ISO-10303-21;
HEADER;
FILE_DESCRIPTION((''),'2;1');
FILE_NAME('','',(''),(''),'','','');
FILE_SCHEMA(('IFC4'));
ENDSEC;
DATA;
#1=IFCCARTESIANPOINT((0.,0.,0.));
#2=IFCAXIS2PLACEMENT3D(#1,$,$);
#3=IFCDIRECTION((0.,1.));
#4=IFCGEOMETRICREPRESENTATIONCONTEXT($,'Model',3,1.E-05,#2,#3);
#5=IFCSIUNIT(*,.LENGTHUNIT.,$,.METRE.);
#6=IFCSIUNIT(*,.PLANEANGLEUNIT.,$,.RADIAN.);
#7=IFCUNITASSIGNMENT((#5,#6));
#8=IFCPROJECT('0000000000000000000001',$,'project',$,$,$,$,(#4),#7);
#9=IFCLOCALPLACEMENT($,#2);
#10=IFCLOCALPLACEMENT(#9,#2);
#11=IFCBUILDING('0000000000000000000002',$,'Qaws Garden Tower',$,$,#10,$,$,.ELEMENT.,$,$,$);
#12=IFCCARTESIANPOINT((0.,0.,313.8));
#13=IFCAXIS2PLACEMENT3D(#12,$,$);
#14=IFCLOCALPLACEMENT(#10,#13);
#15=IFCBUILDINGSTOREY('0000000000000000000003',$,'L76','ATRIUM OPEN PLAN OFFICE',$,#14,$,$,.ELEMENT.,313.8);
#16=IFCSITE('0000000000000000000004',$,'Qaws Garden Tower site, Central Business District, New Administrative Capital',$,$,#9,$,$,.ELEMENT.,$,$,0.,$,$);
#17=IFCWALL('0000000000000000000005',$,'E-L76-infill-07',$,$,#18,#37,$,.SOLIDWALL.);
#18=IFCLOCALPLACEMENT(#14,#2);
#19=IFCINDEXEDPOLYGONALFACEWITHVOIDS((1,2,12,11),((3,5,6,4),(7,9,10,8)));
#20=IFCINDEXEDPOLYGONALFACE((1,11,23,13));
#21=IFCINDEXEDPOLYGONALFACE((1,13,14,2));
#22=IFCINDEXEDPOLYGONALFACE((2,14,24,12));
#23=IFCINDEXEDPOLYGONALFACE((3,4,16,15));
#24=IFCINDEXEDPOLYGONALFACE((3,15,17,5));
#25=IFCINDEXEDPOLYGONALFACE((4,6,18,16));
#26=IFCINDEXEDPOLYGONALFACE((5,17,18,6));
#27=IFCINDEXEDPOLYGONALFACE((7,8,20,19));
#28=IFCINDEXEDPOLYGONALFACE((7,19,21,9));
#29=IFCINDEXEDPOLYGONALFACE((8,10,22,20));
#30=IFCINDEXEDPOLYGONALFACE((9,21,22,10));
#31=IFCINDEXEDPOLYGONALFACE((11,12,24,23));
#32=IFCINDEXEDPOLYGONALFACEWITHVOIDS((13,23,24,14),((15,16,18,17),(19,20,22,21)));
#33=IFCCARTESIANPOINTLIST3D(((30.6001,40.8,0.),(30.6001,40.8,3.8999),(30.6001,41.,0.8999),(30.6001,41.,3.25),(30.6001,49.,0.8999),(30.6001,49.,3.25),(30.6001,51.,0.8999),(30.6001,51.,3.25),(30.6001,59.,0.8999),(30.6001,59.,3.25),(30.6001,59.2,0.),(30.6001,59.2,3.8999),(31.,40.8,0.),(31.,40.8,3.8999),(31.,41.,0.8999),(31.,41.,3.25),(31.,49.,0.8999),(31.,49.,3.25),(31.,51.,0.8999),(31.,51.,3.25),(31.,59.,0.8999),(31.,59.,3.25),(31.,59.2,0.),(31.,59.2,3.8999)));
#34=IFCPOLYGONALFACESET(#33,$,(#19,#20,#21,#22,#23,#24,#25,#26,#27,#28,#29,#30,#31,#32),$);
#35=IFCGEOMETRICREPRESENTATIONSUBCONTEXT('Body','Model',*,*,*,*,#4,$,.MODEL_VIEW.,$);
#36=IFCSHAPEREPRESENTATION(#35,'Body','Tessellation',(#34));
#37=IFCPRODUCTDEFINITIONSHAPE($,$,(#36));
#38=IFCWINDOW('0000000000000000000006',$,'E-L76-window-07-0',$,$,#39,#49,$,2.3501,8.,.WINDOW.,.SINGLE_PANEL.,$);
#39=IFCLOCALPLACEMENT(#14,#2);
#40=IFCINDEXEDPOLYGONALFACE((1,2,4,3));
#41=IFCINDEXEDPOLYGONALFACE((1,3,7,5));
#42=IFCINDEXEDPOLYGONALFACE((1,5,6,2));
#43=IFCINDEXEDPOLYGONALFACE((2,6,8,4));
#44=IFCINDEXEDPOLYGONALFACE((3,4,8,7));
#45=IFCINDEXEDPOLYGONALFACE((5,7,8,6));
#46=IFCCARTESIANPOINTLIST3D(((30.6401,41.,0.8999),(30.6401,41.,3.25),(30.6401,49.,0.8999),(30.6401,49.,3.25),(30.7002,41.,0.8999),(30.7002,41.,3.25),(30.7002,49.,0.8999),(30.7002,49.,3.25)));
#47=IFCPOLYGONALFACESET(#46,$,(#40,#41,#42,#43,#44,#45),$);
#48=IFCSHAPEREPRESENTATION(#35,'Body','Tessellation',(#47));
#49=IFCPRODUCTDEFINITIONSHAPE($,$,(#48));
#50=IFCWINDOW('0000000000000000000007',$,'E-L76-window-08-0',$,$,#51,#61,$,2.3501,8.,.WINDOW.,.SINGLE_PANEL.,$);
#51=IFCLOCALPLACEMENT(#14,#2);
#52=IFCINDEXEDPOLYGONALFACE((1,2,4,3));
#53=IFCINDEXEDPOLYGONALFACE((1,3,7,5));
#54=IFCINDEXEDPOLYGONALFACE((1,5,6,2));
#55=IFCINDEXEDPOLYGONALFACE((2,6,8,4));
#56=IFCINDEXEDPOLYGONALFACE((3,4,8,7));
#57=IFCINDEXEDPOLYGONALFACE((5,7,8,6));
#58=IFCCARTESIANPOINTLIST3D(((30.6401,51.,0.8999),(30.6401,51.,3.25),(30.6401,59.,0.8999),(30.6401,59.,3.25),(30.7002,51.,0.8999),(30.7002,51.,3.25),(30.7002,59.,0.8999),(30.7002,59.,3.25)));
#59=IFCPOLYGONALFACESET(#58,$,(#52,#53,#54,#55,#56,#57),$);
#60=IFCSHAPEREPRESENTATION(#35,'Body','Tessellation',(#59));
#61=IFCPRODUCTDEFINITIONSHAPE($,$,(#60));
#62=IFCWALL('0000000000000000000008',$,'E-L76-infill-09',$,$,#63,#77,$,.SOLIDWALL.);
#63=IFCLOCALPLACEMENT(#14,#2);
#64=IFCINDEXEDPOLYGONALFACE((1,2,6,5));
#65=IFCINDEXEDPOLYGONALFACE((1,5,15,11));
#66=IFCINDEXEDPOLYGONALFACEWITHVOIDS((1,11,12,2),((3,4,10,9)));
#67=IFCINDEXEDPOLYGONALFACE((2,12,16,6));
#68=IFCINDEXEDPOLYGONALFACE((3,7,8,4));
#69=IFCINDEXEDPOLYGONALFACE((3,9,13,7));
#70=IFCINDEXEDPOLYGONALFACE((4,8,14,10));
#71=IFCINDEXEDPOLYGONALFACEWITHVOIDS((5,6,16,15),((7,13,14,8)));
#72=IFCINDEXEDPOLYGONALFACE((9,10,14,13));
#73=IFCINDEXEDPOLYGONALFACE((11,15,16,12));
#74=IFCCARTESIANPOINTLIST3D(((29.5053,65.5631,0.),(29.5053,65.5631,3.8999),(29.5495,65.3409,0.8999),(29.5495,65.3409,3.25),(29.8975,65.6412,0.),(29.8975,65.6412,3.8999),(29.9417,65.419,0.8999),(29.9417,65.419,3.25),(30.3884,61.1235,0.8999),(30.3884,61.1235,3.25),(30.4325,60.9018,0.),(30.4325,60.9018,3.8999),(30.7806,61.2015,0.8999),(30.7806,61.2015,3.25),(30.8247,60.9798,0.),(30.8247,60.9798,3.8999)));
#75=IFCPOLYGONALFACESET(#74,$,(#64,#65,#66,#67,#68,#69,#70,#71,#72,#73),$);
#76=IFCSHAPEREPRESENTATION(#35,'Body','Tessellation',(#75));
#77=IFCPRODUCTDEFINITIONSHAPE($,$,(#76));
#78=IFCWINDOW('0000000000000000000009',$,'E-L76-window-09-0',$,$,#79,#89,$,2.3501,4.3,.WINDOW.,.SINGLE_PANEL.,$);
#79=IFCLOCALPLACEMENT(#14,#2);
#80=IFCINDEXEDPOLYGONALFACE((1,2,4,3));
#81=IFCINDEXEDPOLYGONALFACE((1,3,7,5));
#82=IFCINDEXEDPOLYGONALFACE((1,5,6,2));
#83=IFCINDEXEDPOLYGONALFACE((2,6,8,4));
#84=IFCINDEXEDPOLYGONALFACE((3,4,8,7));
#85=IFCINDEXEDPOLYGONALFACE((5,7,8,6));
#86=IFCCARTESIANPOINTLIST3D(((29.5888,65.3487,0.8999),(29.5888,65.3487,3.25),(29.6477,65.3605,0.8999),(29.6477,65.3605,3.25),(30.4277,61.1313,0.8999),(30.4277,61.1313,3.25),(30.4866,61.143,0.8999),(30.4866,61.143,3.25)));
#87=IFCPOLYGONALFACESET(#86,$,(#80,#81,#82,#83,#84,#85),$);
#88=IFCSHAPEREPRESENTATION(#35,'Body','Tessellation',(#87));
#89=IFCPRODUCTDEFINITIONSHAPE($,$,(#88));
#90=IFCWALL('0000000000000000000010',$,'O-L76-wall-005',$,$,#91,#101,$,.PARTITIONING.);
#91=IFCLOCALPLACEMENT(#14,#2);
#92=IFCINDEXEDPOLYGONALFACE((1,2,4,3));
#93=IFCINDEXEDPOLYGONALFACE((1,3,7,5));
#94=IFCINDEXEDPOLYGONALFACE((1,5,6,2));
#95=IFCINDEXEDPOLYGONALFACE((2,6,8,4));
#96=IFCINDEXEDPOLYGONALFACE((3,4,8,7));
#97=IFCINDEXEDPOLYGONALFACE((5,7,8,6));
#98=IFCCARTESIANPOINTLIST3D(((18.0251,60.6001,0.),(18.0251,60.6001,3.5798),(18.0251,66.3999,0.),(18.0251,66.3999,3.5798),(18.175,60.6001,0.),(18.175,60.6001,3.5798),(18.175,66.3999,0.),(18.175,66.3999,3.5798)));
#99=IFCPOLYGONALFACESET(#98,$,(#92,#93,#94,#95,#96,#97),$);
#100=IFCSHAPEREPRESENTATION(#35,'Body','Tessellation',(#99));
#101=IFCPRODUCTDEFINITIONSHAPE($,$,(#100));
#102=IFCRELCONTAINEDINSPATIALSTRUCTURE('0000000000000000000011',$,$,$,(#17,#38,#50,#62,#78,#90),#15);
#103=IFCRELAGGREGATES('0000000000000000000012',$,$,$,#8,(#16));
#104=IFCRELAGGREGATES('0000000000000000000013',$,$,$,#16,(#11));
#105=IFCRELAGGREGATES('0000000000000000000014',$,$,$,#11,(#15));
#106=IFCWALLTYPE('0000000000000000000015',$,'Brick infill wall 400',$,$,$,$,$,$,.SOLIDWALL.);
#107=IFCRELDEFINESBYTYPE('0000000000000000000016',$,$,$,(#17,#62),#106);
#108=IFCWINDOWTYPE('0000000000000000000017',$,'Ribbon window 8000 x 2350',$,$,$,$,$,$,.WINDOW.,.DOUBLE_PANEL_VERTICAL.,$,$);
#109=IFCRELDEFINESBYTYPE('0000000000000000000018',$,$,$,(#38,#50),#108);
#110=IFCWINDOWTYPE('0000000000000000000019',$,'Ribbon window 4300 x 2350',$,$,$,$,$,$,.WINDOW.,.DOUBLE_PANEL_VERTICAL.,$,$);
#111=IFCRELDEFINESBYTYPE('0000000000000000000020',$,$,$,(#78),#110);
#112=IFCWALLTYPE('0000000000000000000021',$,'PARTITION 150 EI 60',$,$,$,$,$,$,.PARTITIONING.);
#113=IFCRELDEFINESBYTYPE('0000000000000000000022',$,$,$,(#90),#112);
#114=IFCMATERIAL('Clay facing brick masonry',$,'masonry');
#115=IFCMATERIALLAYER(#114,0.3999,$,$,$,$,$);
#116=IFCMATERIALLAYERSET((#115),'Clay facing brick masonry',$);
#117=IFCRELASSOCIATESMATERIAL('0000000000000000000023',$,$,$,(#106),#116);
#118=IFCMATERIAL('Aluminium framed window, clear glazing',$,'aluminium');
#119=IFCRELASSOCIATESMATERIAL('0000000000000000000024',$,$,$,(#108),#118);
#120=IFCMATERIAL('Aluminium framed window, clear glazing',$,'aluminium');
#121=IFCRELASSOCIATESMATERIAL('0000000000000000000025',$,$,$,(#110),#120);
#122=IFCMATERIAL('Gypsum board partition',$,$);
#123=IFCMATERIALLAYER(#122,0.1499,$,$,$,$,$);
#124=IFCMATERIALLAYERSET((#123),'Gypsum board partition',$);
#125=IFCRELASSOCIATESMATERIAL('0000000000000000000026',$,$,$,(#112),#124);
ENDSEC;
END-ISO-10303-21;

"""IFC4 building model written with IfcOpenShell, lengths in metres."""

from ifc_helpers import new_model, si_unit, direction, frame, frame_2d, origin, place, context, subcontext, project, spatial, rectangle, extrude, material, layer, layer_set, type_object, element, fill, save


model = new_model("IFC4")

# Units and contexts
model_context = context("Model", 3, precision=1e-05, world=origin(), true_north=direction((0.0, 1.0)))
body_context = subcontext(model_context, "Body", "Model", "MODEL_VIEW")
ifc_project = project(units=[si_unit("LENGTHUNIT", "METRE"), si_unit("PLANEANGLEUNIT", "RADIAN")], contexts=[model_context])

# Site, building, storey
site_placement = place(None, origin())
site = spatial("IfcSite", under=ifc_project, at=site_placement, Name="Qaws Garden Tower site, Central Business District, New Administrative Capital", CompositionType="ELEMENT", RefElevation=0.0)
building_placement = place(site_placement, origin())
building = spatial("IfcBuilding", under=site, at=building_placement, Name="Qaws Garden Tower", CompositionType="ELEMENT")
storey_placement = place(building_placement, frame((0.0, 0.0, 313.8)))
storey = spatial("IfcBuildingStorey", under=building, at=storey_placement, Name="L76", Description="ATRIUM OPEN PLAN OFFICE", CompositionType="ELEMENT", Elevation=313.8)

# Wall, openings, windows
ifc_material_1 = material(Name="Clay facing brick masonry", Category="masonry")
ifc_layer_1 = layer(ifc_material_1, 0.3999)
ifc_layer_set_1 = layer_set([ifc_layer_1], Name="Clay facing brick masonry")
wall_type_1 = type_object("IfcWallType", Name="Brick infill wall 400", PredefinedType="SOLIDWALL", material=ifc_layer_set_1)
wall_1_placement = place(storey_placement, frame((30.8, 40.8, 0.0), z_axis=(0.0, 0.0, 1.0), x_axis=(0.0, 1.0, 0.0)))
wall_1 = element("IfcWall", 1, at=wall_1_placement, inside=storey, type_object=wall_type_1, Name="E-L76-infill-07", PredefinedType="SOLIDWALL", context=body_context, shape_type="SweptSolid", body=[
    extrude(rectangle(XDim=18.3999, YDim=0.3999, at=frame_2d((9.2, 0.0))), origin(), (0.0, 0.0, 1.0), 3.8999),
])
opening_1_placement = place(wall_1_placement, frame((0.2, 0.0, 0.8999)))
opening_1 = element("IfcOpeningElement", 2, at=opening_1_placement, cuts=wall_1, PredefinedType="OPENING", context=body_context, shape_type="SweptSolid", body=[
    extrude(rectangle(XDim=8.0, YDim=2.3501, at=frame_2d((4.0, 1.175))), frame((0.0, 0.21, 0.0), z_axis=(0.0, -1.0, 0.0), x_axis=(1.0, 0.0, 0.0)), (0.0, 0.0, 1.0), 0.4199),
])
opening_2_placement = place(wall_1_placement, frame((10.2, 0.0, 0.8999)))
opening_2 = element("IfcOpeningElement", 3, at=opening_2_placement, cuts=wall_1, PredefinedType="OPENING", context=body_context, shape_type="SweptSolid", body=[
    extrude(rectangle(XDim=8.0, YDim=2.3501, at=frame_2d((4.0, 1.175))), frame((0.0, 0.21, 0.0), z_axis=(0.0, -1.0, 0.0), x_axis=(1.0, 0.0, 0.0)), (0.0, 0.0, 1.0), 0.4199),
])
ifc_material_2 = material(Name="Aluminium framed window, clear glazing", Category="aluminium")
window_type_1 = type_object("IfcWindowType", Name="Ribbon window 8000 x 2350", PartitioningType="DOUBLE_PANEL_VERTICAL", PredefinedType="WINDOW", material=ifc_material_2)
window_1_placement = place(opening_1_placement, origin())
window_1 = element("IfcWindow", 4, at=window_1_placement, inside=storey, type_object=window_type_1, Name="E-L76-window-07-0", OverallHeight=2.3501, OverallWidth=8.0, PartitioningType="SINGLE_PANEL", PredefinedType="WINDOW", context=body_context, shape_type="SweptSolid", body=[
    extrude(rectangle(XDim=8.0, YDim=2.3501, at=frame_2d((4.0, 1.175))), frame((0.0, 0.1599, 0.0), z_axis=(0.0, -1.0, 0.0), x_axis=(1.0, 0.0, 0.0)), (0.0, 0.0, 1.0), 0.0601),
])
fill(opening_1, window_1)
window_2_placement = place(opening_2_placement, origin())
window_2 = element("IfcWindow", 5, at=window_2_placement, inside=storey, type_object=window_type_1, Name="E-L76-window-08-0", OverallHeight=2.3501, OverallWidth=8.0, PartitioningType="SINGLE_PANEL", PredefinedType="WINDOW", context=body_context, shape_type="SweptSolid", body=[
    extrude(rectangle(XDim=8.0, YDim=2.3501, at=frame_2d((4.0, 1.175))), frame((0.0, 0.1599, 0.0), z_axis=(0.0, -1.0, 0.0), x_axis=(1.0, 0.0, 0.0)), (0.0, 0.0, 1.0), 0.0601),
])
fill(opening_2, window_2)

# Wall, opening, window
wall_2_placement = place(storey_placement, frame((30.6287, 60.9407, 0.0), z_axis=(0.0, 0.0, 1.0), x_axis=(-0.195099, 0.980784, 0.0)))
wall_2 = element("IfcWall", 6, at=wall_2_placement, inside=storey, type_object=wall_type_1, Name="E-L76-infill-09", PredefinedType="SOLIDWALL", context=body_context, shape_type="SweptSolid", body=[
    extrude(rectangle(XDim=4.7527, YDim=0.3999, at=frame_2d((2.3765, 0.0))), origin(), (0.0, 0.0, 1.0), 3.8999),
])
opening_3_placement = place(wall_2_placement, frame((0.2263, 0.0, 0.8999)))
opening_3 = element("IfcOpeningElement", 7, at=opening_3_placement, cuts=wall_2, PredefinedType="OPENING", context=body_context, shape_type="SweptSolid", body=[
    extrude(rectangle(XDim=4.3, YDim=2.3501, at=frame_2d((2.1499, 1.175))), frame((0.0, 0.21, 0.0), z_axis=(0.0, -1.0, 0.0), x_axis=(1.0, 0.0, 0.0)), (0.0, 0.0, 1.0), 0.4199),
])
ifc_material_3 = material(Name="Aluminium framed window, clear glazing", Category="aluminium")
window_type_2 = type_object("IfcWindowType", Name="Ribbon window 4300 x 2350", PartitioningType="DOUBLE_PANEL_VERTICAL", PredefinedType="WINDOW", material=ifc_material_3)
window_3_placement = place(opening_3_placement, origin())
window_3 = element("IfcWindow", 8, at=window_3_placement, inside=storey, type_object=window_type_2, Name="E-L76-window-09-0", OverallHeight=2.3501, OverallWidth=4.3, PartitioningType="SINGLE_PANEL", PredefinedType="WINDOW", context=body_context, shape_type="SweptSolid", body=[
    extrude(rectangle(XDim=4.3, YDim=2.3501, at=frame_2d((2.1499, 1.175))), frame((0.0, 0.1599, 0.0), z_axis=(0.0, -1.0, 0.0), x_axis=(1.0, 0.0, 0.0)), (0.0, 0.0, 1.0), 0.0601),
])
fill(opening_3, window_3)

# Wall
ifc_material_4 = material(Name="Gypsum board partition")
ifc_layer_2 = layer(ifc_material_4, 0.1499)
ifc_layer_set_2 = layer_set([ifc_layer_2], Name="Gypsum board partition")
wall_type_2 = type_object("IfcWallType", Name="PARTITION 150 EI 60", PredefinedType="PARTITIONING", material=ifc_layer_set_2)
wall_3_placement = place(storey_placement, frame((18.1001, 60.6001, 0.0), z_axis=(0.0, 0.0, 1.0), x_axis=(0.0, 1.0, 0.0)))
element("IfcWall", 9, at=wall_3_placement, inside=storey, type_object=wall_type_2, Name="O-L76-wall-005", PredefinedType="PARTITIONING", context=body_context, shape_type="SweptSolid", body=[
    extrude(rectangle(XDim=5.7998, YDim=0.1499, at=frame_2d((2.8999, 0.0))), origin(), (0.0, 0.0, 1.0), 3.5798),
])

save(model, "model.ifc")
